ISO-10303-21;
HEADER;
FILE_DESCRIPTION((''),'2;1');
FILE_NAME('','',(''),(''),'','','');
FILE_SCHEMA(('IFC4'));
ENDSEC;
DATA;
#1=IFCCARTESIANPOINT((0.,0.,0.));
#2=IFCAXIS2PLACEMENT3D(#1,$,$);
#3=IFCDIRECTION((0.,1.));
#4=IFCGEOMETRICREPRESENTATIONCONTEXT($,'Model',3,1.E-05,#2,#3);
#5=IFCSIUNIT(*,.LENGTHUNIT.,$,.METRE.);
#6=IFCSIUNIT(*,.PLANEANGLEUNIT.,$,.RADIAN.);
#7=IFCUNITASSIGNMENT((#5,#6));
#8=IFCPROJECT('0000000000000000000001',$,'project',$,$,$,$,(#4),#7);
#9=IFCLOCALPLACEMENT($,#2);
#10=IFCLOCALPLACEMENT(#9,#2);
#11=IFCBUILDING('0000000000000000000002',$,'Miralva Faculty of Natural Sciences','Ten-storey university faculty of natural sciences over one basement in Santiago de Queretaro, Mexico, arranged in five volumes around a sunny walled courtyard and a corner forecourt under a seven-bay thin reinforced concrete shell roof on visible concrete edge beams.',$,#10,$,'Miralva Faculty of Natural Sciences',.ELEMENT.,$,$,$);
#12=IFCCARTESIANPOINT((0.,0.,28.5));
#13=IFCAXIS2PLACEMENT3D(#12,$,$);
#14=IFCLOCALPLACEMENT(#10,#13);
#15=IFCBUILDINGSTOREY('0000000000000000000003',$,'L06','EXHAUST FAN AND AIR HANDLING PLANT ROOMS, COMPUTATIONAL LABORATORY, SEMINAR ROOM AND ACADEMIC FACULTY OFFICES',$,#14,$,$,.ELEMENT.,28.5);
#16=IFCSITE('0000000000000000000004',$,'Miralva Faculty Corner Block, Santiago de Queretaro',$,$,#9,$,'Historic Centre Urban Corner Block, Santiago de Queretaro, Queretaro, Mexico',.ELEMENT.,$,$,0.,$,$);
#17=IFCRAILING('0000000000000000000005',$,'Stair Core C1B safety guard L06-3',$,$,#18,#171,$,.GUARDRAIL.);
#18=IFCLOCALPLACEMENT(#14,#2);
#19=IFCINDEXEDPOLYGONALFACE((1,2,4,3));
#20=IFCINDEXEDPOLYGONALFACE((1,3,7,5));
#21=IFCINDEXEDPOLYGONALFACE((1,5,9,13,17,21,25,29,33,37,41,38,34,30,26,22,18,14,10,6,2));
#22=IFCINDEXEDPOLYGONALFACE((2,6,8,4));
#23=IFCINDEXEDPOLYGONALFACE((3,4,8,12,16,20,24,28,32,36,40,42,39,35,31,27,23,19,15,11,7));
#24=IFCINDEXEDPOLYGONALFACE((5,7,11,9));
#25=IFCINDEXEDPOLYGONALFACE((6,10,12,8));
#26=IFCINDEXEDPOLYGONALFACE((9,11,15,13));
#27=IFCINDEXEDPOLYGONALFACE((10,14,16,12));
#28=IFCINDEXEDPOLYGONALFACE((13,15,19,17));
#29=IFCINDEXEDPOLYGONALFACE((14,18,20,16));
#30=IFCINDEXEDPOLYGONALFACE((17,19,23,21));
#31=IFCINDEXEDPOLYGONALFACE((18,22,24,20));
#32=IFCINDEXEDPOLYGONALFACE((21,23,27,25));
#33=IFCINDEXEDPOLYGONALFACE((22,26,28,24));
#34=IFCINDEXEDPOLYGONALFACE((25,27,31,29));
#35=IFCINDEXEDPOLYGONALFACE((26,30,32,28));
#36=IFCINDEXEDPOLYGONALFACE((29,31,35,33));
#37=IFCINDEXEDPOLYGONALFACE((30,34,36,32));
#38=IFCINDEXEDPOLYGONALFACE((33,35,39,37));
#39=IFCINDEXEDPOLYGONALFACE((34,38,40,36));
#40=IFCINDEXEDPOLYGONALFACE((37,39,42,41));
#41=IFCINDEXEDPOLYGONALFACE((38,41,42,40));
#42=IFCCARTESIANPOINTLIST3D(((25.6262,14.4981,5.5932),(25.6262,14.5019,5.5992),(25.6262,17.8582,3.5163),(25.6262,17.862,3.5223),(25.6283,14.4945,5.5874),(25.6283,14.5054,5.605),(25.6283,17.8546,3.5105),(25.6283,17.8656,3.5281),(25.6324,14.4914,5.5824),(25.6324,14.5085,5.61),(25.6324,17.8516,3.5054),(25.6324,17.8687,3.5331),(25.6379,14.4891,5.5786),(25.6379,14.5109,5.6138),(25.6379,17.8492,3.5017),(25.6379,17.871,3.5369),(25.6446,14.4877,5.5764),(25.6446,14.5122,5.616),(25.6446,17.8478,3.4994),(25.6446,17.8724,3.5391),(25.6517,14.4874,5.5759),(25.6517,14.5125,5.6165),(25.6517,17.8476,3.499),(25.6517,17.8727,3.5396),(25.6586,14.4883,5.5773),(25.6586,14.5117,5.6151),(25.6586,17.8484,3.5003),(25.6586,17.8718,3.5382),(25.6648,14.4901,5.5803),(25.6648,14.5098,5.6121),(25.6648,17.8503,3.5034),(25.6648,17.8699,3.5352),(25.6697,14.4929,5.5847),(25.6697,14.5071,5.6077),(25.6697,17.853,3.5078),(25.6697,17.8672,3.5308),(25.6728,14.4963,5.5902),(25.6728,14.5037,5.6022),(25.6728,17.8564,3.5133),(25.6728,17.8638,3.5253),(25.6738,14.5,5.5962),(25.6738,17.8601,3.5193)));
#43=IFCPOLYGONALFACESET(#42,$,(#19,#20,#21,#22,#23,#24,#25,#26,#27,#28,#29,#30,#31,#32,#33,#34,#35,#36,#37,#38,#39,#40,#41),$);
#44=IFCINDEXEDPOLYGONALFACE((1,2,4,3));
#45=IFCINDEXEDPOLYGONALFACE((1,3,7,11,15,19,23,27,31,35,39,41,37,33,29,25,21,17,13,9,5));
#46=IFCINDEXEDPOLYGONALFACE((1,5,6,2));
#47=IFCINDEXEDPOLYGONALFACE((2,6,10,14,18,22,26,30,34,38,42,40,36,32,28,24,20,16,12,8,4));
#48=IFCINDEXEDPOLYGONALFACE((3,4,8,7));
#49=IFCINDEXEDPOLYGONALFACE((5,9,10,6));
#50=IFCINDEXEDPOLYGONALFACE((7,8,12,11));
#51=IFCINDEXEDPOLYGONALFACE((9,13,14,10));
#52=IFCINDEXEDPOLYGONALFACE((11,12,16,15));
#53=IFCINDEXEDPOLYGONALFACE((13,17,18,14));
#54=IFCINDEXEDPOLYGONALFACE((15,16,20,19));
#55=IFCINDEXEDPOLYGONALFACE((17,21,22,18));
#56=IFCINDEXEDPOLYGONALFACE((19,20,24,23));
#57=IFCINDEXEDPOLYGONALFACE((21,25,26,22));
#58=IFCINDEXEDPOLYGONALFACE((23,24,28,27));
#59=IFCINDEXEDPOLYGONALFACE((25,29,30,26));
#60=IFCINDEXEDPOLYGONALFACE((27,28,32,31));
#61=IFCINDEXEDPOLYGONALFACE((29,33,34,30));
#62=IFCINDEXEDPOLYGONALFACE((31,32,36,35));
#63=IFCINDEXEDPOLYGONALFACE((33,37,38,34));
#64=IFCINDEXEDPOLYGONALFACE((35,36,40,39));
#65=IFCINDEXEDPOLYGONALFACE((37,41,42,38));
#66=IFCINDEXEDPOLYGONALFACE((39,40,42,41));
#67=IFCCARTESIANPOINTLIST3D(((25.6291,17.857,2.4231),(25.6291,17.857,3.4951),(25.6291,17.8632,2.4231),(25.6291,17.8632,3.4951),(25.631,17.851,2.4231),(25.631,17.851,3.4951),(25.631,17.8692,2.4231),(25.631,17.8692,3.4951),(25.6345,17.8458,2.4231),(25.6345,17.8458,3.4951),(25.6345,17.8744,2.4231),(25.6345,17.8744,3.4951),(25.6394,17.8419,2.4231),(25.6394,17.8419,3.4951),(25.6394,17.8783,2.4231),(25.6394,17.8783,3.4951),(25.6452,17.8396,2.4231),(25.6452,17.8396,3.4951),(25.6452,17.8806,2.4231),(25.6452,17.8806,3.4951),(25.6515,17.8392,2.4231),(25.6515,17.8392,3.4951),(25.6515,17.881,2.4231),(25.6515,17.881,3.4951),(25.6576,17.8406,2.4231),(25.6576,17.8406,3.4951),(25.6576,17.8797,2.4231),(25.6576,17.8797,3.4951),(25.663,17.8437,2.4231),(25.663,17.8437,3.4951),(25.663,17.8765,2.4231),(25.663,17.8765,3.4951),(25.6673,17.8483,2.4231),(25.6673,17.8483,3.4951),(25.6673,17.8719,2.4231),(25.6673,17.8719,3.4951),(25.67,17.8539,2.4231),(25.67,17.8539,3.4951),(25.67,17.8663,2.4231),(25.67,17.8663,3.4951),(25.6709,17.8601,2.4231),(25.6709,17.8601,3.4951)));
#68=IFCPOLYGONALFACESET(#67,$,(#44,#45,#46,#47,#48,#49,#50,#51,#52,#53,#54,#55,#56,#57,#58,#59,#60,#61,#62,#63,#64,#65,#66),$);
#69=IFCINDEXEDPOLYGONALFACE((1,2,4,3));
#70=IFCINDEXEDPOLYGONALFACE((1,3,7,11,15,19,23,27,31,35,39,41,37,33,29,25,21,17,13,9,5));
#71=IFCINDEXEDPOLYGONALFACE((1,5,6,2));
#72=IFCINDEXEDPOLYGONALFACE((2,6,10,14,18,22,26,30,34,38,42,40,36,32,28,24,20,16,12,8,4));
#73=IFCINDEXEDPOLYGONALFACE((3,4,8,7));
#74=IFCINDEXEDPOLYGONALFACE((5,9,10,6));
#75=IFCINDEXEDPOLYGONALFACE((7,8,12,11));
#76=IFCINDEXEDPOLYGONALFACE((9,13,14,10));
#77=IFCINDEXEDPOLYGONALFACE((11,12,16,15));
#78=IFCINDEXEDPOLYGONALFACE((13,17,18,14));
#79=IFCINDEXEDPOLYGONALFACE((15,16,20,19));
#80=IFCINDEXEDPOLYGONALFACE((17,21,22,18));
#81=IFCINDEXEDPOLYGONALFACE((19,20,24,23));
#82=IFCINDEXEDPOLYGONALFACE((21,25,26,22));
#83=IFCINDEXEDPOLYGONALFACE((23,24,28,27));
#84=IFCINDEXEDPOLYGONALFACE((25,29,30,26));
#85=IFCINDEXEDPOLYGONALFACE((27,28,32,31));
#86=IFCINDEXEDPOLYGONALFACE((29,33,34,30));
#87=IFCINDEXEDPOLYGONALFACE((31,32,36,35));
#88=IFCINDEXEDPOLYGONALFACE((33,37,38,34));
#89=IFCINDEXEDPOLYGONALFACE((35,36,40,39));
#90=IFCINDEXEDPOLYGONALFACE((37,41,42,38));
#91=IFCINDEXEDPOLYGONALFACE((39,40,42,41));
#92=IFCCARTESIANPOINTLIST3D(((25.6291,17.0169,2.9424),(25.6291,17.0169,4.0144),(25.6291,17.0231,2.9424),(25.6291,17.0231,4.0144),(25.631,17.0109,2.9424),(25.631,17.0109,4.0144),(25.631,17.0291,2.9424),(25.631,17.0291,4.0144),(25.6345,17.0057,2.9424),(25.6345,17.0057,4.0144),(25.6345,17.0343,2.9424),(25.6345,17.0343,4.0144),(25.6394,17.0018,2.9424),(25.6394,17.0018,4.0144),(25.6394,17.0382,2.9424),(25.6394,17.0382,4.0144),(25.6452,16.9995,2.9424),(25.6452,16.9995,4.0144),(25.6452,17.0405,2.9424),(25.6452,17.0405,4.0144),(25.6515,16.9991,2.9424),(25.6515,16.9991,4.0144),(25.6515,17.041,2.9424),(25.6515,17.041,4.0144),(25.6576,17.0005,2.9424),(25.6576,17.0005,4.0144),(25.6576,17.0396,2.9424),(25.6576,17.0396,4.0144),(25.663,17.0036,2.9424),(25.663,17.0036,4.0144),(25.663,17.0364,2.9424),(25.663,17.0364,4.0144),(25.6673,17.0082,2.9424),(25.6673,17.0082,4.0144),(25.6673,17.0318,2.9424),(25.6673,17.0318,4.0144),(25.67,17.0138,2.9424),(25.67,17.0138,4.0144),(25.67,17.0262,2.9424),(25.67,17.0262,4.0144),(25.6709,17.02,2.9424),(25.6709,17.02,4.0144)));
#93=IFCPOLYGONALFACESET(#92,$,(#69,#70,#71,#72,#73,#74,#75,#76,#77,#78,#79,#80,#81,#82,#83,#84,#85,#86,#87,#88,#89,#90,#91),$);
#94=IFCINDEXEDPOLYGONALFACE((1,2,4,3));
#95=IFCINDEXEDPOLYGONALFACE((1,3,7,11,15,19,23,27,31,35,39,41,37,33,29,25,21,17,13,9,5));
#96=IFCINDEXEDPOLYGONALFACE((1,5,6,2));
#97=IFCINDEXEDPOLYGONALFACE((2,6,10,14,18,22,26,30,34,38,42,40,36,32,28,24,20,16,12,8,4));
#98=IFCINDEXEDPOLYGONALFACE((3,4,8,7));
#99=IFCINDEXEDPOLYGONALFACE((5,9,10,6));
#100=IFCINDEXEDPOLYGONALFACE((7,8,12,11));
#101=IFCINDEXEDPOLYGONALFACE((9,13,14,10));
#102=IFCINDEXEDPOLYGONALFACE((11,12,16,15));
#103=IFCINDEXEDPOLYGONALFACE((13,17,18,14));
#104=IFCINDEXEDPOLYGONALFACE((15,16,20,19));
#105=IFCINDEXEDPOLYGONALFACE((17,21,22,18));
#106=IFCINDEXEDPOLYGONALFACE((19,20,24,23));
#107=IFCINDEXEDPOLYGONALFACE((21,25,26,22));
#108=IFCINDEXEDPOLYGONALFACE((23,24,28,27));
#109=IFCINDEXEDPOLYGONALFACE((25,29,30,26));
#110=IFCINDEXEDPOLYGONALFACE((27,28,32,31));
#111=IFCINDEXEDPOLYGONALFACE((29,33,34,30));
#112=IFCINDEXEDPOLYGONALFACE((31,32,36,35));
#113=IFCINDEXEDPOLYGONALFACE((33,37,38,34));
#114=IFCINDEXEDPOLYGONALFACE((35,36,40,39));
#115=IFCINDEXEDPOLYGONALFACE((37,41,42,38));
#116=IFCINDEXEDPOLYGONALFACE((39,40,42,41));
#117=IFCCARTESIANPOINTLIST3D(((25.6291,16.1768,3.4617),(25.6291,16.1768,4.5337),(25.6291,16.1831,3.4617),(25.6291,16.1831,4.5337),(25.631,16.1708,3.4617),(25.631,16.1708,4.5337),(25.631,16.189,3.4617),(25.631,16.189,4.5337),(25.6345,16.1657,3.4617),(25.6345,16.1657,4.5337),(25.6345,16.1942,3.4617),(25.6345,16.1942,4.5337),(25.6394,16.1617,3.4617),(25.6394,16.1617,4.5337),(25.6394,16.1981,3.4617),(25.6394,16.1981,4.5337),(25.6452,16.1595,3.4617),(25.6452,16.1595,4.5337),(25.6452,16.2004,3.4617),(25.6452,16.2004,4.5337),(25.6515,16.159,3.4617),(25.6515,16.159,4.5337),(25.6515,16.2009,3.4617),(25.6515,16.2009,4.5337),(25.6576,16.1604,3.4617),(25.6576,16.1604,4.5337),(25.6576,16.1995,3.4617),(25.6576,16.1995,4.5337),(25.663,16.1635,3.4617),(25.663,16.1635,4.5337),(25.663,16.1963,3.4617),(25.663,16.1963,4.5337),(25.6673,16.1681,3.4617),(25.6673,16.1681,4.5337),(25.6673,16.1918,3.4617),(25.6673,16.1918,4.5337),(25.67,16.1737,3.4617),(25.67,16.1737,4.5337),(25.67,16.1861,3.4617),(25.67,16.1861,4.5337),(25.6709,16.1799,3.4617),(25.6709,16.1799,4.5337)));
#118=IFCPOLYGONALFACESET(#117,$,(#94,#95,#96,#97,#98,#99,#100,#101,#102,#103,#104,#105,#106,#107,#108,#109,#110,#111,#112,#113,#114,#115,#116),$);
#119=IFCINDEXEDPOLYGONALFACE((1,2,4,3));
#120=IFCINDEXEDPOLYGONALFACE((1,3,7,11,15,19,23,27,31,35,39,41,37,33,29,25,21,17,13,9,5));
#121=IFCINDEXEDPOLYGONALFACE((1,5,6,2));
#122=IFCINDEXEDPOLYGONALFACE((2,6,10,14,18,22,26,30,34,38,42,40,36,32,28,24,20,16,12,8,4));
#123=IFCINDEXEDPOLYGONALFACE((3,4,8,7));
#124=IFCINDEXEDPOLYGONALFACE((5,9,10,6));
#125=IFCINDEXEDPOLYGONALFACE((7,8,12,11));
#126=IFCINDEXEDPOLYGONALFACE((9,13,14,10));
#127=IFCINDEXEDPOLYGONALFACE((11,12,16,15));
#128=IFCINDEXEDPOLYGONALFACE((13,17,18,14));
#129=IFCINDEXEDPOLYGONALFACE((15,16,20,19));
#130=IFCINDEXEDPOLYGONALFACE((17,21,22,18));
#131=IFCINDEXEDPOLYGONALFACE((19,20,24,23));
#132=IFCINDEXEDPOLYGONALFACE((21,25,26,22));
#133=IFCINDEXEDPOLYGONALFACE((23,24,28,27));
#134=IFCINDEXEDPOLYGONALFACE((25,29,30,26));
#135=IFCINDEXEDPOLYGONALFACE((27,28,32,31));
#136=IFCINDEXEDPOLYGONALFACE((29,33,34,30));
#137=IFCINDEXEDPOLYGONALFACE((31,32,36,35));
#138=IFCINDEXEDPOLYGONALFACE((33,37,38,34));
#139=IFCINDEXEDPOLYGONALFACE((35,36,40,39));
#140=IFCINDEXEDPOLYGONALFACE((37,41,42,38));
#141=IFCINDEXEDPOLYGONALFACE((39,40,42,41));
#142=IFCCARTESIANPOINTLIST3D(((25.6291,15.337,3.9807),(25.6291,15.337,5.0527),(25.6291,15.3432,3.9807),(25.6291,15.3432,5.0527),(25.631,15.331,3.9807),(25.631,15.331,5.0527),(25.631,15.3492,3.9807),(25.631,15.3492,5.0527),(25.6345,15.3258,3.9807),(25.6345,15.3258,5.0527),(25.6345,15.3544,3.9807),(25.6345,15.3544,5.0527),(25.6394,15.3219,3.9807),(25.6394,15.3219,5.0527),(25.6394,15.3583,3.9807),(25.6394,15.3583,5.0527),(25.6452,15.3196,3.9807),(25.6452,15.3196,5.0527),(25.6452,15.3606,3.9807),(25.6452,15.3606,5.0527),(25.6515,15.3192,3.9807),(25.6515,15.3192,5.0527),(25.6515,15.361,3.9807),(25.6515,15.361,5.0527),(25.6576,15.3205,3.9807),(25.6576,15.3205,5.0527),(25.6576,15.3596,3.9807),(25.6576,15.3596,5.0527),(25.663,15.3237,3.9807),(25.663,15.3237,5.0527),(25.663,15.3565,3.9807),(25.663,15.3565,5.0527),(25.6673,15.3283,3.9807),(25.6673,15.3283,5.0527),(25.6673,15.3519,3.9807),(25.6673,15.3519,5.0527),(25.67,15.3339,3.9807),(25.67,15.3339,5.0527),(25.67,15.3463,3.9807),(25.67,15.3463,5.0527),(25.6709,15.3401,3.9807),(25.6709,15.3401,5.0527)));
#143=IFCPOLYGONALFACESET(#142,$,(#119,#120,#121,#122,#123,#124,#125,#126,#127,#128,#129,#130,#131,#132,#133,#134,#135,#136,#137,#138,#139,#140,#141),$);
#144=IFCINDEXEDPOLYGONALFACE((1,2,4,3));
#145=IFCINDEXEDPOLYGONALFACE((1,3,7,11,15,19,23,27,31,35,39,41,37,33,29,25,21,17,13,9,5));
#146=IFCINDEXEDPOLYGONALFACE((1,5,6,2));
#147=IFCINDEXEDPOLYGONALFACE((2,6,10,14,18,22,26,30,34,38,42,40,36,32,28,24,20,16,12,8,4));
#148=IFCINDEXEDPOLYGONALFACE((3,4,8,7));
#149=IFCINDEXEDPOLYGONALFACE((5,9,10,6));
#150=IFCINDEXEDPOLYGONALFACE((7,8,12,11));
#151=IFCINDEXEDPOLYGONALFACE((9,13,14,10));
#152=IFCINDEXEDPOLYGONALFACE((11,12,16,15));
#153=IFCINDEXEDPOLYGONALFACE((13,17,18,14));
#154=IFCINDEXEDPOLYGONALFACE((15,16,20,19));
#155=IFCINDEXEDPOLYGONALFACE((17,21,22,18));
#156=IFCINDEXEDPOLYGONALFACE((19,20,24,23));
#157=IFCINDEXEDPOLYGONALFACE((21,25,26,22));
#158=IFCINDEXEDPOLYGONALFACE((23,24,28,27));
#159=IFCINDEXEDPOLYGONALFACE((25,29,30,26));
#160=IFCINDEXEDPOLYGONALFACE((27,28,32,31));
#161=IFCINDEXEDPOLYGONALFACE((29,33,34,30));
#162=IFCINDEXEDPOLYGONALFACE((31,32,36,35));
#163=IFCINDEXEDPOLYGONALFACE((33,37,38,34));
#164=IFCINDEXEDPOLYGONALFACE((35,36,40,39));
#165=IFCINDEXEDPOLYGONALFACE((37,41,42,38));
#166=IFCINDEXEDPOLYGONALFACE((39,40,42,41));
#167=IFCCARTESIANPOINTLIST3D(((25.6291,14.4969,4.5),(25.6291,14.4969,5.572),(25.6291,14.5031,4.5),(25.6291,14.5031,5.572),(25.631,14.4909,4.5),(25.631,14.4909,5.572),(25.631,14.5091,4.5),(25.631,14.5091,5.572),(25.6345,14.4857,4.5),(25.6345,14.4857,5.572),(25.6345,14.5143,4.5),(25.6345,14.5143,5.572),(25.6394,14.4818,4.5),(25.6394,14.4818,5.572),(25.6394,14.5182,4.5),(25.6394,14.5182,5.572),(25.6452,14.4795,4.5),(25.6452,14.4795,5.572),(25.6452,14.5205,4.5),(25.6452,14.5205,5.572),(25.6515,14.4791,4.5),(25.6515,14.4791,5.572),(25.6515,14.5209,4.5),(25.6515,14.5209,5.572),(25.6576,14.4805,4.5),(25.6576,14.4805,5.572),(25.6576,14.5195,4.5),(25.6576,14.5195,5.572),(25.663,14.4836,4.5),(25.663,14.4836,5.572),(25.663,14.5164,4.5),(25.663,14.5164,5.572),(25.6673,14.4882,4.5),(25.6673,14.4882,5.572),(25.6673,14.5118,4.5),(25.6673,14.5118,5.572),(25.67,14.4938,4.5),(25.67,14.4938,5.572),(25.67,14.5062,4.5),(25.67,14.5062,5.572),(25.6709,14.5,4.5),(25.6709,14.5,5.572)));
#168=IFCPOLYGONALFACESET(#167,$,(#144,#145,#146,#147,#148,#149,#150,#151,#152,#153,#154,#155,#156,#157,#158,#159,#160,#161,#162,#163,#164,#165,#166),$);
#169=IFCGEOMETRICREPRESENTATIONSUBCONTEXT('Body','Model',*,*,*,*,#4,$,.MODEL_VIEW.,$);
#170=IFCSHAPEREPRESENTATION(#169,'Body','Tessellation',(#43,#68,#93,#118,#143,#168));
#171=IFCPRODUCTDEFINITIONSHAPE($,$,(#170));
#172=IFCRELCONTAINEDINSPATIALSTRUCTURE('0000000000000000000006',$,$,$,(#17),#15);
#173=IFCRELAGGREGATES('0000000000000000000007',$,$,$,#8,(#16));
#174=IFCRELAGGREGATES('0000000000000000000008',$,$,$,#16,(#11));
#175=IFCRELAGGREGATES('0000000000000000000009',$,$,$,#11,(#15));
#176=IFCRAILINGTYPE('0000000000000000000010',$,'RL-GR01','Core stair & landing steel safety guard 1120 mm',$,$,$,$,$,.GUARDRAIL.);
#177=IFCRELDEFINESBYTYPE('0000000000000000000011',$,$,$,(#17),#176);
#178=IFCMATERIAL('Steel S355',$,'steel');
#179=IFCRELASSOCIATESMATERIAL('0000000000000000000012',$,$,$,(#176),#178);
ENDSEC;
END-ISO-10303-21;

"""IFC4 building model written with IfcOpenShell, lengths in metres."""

from ifc_helpers import new_model, si_unit, direction, frame, origin, origin_2d, place, context, subcontext, project, spatial, circle, extrude, material, type_object, element, save


model = new_model("IFC4")

# Units and contexts
model_context = context("Model", 3, precision=1e-05, world=origin(), true_north=direction((0.0, 1.0)))
body_context = subcontext(model_context, "Body", "Model", "MODEL_VIEW")
ifc_project = project(units=[si_unit("LENGTHUNIT", "METRE"), si_unit("PLANEANGLEUNIT", "RADIAN")], contexts=[model_context])

# Site, building, storey
site_placement = place(None, origin())
site = spatial("IfcSite", under=ifc_project, at=site_placement, Name="Miralva Faculty Corner Block, Santiago de Queretaro", LongName="Historic Centre Urban Corner Block, Santiago de Queretaro, Queretaro, Mexico", CompositionType="ELEMENT", RefElevation=0.0)
building_placement = place(site_placement, origin())
building = spatial("IfcBuilding", under=site, at=building_placement, Name="Miralva Faculty of Natural Sciences", Description="Ten-storey university faculty of natural sciences over one basement in Santiago de Queretaro, Mexico, arranged in five volumes around a sunny walled courtyard and a corner forecourt under a seven-bay thin reinforced concrete shell roof on visible concrete edge beams.", LongName="Miralva Faculty of Natural Sciences", CompositionType="ELEMENT")
storey_placement = place(building_placement, frame((0.0, 0.0, 28.5)))
storey = spatial("IfcBuildingStorey", under=building, at=storey_placement, Name="L06", Description="EXHAUST FAN AND AIR HANDLING PLANT ROOMS, COMPUTATIONAL LABORATORY, SEMINAR ROOM AND ACADEMIC FACULTY OFFICES", CompositionType="ELEMENT", Elevation=28.5)

# Shared definitions
ifc_material_1 = material(Name="Steel S355", Category="steel")

# Railing
railing_type_1 = type_object("IfcRailingType", Name="RL-GR01", Description="Core stair & landing steel safety guard 1120 mm", PredefinedType="GUARDRAIL", material=ifc_material_1)
railing_1_placement = place(storey_placement, frame((25.6499, 17.8601, 2.4231)))
element("IfcRailing", 1, at=railing_1_placement, inside=storey, type_object=railing_type_1, Name="Stair Core C1B safety guard L06-3", PredefinedType="GUARDRAIL", context=body_context, shape_type="SweptSolid", body=[
    extrude(circle(Radius=0.0239, at=origin_2d()), frame((0.0, 0.0, 1.0962), z_axis=(0.0, -0.850623, 0.525776), x_axis=(1.0, 0.0, 0.0)), (0.0, 0.0, 1.0), 3.9502),
    extrude(circle(Radius=0.021, at=origin_2d()), origin(), (0.0, 0.0, 1.0), 1.072),
    extrude(circle(Radius=0.021, at=origin_2d()), frame((0.0, -0.8401, 0.5193)), (0.0, 0.0, 1.0), 1.072),
    extrude(circle(Radius=0.021, at=origin_2d()), frame((0.0, -1.6802, 1.0386)), (0.0, 0.0, 1.0), 1.072),
    extrude(circle(Radius=0.021, at=origin_2d()), frame((0.0, -2.52, 1.5576)), (0.0, 0.0, 1.0), 1.072),
    extrude(circle(Radius=0.021, at=origin_2d()), frame((0.0, -3.3601, 2.0769)), (0.0, 0.0, 1.0), 1.072),
])

save(model, "model.ifc")
